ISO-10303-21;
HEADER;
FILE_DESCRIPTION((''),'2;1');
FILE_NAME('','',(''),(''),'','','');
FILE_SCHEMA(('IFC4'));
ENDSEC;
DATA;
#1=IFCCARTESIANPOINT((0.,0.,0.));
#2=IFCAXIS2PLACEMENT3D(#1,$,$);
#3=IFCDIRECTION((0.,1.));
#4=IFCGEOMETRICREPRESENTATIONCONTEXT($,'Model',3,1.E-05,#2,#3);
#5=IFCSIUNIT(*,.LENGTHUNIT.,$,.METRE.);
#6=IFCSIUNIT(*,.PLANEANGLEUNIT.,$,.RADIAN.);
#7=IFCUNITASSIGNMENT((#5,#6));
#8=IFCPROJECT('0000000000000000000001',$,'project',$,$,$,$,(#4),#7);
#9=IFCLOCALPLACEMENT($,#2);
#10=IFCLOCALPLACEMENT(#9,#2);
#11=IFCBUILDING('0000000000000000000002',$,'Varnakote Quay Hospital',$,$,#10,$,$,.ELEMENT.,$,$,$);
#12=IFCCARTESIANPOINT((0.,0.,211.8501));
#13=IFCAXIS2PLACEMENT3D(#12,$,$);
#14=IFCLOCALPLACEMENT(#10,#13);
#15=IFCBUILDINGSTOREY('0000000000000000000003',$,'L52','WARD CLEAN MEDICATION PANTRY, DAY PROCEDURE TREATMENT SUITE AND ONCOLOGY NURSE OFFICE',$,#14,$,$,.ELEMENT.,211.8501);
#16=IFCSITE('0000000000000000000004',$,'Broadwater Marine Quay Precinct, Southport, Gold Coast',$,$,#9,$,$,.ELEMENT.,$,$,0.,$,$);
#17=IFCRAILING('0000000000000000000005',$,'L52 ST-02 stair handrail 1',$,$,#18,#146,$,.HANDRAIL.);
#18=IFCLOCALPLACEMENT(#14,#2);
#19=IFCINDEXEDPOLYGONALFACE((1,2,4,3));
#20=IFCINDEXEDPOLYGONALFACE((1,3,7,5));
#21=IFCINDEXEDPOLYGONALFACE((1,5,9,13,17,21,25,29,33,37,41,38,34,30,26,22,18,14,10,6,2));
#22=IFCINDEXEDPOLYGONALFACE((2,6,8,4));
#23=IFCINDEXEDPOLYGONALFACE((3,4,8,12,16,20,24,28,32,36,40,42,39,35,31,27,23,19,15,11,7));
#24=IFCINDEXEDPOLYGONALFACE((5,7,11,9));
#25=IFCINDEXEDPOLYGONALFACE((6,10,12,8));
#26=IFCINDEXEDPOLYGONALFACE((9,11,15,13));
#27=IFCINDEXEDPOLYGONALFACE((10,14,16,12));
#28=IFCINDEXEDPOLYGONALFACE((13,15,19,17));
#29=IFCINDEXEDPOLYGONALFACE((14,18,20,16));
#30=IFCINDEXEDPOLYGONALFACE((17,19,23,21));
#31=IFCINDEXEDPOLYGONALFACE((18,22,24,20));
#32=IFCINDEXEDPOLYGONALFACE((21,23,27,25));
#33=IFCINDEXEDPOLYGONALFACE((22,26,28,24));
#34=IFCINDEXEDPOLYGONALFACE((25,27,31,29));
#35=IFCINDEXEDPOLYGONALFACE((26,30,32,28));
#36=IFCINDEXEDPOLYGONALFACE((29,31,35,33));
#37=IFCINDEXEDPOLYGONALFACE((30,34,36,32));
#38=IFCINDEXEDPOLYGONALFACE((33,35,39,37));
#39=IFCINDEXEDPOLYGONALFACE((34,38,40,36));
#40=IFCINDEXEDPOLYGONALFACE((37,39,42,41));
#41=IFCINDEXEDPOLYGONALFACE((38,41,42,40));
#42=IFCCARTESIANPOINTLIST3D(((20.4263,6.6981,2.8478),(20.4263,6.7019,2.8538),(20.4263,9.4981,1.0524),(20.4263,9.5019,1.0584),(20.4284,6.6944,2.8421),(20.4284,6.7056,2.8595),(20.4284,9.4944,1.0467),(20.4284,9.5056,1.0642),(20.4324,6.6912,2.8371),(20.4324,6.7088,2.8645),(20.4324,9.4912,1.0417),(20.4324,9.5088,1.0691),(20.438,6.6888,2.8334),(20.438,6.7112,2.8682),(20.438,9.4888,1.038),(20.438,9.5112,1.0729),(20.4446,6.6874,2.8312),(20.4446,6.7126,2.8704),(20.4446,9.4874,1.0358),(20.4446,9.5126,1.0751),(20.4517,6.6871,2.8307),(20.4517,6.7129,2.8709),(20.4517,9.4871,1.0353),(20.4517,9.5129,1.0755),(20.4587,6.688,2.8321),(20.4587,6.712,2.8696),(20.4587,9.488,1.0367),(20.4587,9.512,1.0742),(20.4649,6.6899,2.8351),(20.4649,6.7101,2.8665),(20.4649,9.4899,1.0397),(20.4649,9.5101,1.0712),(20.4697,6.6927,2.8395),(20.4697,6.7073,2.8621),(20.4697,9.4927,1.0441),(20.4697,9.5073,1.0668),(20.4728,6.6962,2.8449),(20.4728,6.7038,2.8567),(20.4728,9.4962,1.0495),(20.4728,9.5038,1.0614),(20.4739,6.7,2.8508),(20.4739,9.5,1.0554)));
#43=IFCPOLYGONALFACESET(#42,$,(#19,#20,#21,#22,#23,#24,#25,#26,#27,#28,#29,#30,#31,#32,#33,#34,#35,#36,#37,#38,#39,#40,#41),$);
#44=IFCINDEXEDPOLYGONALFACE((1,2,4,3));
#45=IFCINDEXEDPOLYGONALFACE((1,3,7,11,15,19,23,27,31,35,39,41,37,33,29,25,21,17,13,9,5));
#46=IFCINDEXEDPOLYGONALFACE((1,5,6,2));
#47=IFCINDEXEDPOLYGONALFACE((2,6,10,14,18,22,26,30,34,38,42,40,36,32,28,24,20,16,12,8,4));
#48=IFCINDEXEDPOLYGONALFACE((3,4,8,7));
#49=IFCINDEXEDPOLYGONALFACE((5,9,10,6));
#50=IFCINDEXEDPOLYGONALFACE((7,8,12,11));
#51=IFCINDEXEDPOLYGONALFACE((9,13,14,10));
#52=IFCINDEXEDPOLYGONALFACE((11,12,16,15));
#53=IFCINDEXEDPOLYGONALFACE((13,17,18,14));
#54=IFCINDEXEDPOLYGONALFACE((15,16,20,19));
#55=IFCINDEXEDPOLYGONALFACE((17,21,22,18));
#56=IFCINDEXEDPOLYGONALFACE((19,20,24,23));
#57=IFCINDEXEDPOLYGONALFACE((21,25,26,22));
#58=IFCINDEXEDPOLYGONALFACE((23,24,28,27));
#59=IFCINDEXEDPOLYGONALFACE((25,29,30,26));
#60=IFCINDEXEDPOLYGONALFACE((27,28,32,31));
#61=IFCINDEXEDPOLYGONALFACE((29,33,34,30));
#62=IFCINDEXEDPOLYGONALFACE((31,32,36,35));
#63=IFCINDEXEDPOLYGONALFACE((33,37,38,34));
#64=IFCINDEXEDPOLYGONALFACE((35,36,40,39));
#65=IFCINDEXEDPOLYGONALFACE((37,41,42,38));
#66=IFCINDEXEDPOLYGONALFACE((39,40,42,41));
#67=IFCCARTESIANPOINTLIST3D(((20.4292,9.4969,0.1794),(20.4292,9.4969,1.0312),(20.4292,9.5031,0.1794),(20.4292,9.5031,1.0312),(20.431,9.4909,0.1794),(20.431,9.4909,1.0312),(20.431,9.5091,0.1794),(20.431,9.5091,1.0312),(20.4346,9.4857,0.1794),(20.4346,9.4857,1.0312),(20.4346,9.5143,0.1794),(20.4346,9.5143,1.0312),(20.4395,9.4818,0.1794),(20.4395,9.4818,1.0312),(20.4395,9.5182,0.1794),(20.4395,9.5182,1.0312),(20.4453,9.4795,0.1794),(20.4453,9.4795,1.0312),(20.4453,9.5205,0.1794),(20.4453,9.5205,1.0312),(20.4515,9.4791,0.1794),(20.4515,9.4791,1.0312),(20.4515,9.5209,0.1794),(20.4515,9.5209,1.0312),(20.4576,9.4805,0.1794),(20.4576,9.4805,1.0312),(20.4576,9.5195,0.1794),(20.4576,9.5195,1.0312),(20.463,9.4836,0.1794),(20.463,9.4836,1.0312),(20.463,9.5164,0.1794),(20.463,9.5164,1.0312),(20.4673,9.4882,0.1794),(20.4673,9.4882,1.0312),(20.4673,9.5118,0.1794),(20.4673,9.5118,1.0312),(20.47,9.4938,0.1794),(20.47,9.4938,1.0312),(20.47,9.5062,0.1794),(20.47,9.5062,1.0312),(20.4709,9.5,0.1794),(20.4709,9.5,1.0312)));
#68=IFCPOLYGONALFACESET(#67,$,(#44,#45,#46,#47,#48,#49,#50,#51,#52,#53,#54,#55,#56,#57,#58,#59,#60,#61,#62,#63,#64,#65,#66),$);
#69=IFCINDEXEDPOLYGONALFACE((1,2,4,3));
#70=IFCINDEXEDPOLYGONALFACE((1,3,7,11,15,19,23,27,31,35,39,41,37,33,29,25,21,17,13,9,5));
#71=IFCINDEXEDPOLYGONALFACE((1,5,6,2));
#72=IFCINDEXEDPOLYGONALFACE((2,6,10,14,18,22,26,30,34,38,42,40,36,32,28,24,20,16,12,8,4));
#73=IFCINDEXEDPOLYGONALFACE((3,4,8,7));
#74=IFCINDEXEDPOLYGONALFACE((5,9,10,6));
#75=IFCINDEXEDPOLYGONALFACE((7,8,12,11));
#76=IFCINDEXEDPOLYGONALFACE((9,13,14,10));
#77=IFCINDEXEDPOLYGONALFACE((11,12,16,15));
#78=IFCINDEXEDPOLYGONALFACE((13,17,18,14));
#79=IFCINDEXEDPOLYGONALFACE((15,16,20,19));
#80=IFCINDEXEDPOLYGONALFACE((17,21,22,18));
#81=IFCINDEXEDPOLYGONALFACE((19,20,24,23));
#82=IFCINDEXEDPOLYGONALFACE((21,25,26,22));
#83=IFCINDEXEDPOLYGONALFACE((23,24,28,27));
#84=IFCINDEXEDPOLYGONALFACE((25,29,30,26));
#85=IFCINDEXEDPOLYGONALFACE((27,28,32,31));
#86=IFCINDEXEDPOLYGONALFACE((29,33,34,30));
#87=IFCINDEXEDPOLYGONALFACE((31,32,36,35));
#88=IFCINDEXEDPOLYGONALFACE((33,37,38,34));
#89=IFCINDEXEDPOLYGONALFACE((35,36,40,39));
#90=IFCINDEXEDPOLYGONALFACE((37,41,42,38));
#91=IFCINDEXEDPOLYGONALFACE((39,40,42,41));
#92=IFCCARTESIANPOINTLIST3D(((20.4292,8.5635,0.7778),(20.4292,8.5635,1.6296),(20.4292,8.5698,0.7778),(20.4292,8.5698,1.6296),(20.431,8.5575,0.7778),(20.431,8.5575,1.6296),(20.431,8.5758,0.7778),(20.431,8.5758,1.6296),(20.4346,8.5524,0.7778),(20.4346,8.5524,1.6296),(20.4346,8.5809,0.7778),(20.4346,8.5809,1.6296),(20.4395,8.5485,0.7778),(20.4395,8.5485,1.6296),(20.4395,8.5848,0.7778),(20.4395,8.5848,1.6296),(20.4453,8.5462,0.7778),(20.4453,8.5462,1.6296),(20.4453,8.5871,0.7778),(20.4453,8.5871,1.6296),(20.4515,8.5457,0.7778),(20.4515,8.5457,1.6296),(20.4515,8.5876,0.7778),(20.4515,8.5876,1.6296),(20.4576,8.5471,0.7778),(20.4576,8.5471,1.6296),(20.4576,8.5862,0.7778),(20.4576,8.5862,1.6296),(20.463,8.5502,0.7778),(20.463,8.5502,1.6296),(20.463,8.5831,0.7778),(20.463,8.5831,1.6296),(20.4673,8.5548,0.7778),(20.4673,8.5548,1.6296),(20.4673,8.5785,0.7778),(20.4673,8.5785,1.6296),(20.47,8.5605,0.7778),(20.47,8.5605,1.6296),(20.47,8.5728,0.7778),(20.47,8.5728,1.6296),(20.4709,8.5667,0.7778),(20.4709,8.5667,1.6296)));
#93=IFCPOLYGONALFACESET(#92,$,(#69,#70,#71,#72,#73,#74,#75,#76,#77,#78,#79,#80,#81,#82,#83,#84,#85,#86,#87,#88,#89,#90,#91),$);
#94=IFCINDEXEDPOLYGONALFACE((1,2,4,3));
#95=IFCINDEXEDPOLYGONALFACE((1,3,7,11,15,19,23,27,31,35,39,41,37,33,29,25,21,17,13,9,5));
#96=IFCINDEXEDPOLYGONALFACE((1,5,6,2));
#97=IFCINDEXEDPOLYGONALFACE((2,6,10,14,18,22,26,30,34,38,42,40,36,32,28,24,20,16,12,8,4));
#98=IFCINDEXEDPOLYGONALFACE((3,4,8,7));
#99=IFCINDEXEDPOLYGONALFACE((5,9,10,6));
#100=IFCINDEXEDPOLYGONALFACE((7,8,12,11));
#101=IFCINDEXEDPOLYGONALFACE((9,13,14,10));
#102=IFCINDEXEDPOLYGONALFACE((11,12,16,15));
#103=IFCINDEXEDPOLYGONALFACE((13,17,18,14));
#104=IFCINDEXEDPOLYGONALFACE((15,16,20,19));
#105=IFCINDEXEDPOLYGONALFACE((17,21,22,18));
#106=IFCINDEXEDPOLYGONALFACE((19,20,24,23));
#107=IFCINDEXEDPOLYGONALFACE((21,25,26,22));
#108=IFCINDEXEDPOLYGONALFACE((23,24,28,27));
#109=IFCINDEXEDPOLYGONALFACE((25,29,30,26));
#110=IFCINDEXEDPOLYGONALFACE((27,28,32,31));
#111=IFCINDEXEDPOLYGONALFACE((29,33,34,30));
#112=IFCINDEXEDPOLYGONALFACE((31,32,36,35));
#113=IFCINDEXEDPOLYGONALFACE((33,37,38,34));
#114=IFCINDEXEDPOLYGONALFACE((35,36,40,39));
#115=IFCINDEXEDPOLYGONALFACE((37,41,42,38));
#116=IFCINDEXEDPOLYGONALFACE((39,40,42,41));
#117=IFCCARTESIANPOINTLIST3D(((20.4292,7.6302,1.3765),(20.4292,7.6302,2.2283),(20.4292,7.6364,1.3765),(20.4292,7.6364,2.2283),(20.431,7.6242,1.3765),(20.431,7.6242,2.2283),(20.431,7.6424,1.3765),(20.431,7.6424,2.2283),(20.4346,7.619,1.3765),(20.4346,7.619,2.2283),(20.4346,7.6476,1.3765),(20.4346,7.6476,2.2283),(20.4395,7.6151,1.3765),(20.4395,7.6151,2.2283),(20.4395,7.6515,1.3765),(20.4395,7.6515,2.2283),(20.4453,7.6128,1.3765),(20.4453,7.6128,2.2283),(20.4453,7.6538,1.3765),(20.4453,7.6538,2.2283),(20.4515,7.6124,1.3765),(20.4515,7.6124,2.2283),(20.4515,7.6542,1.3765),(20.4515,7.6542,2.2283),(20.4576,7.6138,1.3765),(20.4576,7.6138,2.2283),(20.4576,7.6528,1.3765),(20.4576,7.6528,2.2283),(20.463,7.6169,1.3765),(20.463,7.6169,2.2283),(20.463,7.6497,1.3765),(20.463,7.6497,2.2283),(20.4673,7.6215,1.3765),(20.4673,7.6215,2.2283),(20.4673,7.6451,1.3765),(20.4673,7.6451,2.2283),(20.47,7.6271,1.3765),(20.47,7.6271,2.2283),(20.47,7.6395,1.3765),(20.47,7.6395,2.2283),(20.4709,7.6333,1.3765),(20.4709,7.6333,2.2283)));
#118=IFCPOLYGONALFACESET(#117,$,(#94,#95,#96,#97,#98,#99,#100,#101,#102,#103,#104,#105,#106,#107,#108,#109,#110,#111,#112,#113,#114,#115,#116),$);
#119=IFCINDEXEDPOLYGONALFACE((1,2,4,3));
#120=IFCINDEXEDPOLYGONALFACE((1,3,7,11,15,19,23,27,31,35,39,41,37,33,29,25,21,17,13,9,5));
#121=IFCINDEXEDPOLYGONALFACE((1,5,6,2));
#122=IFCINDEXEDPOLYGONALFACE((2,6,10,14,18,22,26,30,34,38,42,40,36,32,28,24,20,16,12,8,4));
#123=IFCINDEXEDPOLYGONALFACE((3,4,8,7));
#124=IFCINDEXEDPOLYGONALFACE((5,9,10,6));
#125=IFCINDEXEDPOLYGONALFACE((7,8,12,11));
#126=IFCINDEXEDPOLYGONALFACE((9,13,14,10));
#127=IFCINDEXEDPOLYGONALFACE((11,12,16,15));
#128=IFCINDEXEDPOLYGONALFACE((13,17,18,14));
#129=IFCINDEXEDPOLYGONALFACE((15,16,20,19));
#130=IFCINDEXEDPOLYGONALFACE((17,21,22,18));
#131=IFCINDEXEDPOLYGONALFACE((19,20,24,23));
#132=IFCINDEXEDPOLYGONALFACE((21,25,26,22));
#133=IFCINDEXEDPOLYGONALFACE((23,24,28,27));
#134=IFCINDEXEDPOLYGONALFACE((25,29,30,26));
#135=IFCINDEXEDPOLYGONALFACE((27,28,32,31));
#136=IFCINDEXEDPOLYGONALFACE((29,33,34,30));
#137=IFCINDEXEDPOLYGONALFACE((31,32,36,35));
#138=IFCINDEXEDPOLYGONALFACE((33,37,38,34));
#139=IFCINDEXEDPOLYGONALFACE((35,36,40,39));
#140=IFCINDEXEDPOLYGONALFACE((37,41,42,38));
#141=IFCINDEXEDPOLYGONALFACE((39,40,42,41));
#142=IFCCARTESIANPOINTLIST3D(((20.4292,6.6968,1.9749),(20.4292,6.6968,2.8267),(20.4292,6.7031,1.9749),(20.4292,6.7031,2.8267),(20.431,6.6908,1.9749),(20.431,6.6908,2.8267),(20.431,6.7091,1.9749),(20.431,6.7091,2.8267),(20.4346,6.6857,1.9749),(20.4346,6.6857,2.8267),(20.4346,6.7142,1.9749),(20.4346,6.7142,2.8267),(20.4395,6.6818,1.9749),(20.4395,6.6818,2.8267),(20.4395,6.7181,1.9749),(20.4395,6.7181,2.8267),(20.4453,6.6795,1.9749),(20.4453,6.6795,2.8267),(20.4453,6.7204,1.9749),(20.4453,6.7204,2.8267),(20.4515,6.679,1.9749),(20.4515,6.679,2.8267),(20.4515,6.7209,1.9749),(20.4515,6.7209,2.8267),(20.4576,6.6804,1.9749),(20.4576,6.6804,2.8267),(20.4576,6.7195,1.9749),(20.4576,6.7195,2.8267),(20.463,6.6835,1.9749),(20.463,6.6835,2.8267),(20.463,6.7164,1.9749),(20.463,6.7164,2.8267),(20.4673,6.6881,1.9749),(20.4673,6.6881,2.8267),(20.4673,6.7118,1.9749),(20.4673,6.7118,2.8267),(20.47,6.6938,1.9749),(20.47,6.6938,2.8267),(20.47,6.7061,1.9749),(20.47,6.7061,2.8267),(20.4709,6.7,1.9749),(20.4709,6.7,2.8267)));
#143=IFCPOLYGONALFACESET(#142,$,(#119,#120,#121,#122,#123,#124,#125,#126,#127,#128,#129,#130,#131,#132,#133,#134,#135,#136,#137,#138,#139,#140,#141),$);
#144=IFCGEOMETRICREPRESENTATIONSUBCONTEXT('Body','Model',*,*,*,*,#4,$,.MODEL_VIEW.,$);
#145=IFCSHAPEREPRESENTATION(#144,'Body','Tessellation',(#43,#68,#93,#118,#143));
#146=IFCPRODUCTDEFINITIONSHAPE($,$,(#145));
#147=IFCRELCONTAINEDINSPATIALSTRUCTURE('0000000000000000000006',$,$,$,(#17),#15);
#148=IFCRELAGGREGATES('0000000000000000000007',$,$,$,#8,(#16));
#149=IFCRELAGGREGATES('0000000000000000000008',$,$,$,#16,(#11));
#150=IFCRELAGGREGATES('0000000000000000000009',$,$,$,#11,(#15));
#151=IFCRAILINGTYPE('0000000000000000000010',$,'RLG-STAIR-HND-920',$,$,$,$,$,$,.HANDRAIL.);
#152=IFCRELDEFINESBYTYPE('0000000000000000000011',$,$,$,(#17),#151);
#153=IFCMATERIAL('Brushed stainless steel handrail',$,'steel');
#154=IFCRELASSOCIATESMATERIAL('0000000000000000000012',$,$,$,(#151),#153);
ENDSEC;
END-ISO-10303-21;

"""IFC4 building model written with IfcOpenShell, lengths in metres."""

from ifc_helpers import new_model, si_unit, direction, frame, origin, origin_2d, place, context, subcontext, project, spatial, circle, extrude, material, type_object, element, save


model = new_model("IFC4")

# Units and contexts
model_context = context("Model", 3, precision=1e-05, world=origin(), true_north=direction((0.0, 1.0)))
body_context = subcontext(model_context, "Body", "Model", "MODEL_VIEW")
ifc_project = project(units=[si_unit("LENGTHUNIT", "METRE"), si_unit("PLANEANGLEUNIT", "RADIAN")], contexts=[model_context])

# Site, building, storey
site_placement = place(None, origin())
site = spatial("IfcSite", under=ifc_project, at=site_placement, Name="Broadwater Marine Quay Precinct, Southport, Gold Coast", CompositionType="ELEMENT", RefElevation=0.0)
building_placement = place(site_placement, origin())
building = spatial("IfcBuilding", under=site, at=building_placement, Name="Varnakote Quay Hospital", CompositionType="ELEMENT")
storey_placement = place(building_placement, frame((0.0, 0.0, 211.8501)))
storey = spatial("IfcBuildingStorey", under=building, at=storey_placement, Name="L52", Description="WARD CLEAN MEDICATION PANTRY, DAY PROCEDURE TREATMENT SUITE AND ONCOLOGY NURSE OFFICE", CompositionType="ELEMENT", Elevation=211.8501)

# Railing
ifc_material_1 = material(Name="Brushed stainless steel handrail", Category="steel")
railing_type_1 = type_object("IfcRailingType", Name="RLG-STAIR-HND-920", PredefinedType="HANDRAIL", material=ifc_material_1)
railing_1_placement = place(storey_placement, frame((20.45, 9.5, 0.1794)))
element("IfcRailing", 1, at=railing_1_placement, inside=storey, type_object=railing_type_1, Name="L52 ST-02 stair handrail 1", PredefinedType="HANDRAIL", context=body_context, shape_type="SweptSolid", body=[
    extrude(circle(Radius=0.0239, at=origin_2d()), frame((0.0, 0.0, 0.876), z_axis=(0.0, -0.84181, 0.539774), x_axis=(1.0, 0.0, 0.0)), (0.0, 0.0, 1.0), 3.3262),
    extrude(circle(Radius=0.021, at=origin_2d()), origin(), (0.0, 0.0, 1.0), 0.8518),
    extrude(circle(Radius=0.021, at=origin_2d()), frame((0.0, -0.9333, 0.5984)), (0.0, 0.0, 1.0), 0.8518),
    extrude(circle(Radius=0.021, at=origin_2d()), frame((0.0, -1.8667, 1.197)), (0.0, 0.0, 1.0), 0.8518),
    extrude(circle(Radius=0.021, at=origin_2d()), frame((0.0, -2.8, 1.7954)), (0.0, 0.0, 1.0), 0.8518),
])

save(model, "model.ifc")
